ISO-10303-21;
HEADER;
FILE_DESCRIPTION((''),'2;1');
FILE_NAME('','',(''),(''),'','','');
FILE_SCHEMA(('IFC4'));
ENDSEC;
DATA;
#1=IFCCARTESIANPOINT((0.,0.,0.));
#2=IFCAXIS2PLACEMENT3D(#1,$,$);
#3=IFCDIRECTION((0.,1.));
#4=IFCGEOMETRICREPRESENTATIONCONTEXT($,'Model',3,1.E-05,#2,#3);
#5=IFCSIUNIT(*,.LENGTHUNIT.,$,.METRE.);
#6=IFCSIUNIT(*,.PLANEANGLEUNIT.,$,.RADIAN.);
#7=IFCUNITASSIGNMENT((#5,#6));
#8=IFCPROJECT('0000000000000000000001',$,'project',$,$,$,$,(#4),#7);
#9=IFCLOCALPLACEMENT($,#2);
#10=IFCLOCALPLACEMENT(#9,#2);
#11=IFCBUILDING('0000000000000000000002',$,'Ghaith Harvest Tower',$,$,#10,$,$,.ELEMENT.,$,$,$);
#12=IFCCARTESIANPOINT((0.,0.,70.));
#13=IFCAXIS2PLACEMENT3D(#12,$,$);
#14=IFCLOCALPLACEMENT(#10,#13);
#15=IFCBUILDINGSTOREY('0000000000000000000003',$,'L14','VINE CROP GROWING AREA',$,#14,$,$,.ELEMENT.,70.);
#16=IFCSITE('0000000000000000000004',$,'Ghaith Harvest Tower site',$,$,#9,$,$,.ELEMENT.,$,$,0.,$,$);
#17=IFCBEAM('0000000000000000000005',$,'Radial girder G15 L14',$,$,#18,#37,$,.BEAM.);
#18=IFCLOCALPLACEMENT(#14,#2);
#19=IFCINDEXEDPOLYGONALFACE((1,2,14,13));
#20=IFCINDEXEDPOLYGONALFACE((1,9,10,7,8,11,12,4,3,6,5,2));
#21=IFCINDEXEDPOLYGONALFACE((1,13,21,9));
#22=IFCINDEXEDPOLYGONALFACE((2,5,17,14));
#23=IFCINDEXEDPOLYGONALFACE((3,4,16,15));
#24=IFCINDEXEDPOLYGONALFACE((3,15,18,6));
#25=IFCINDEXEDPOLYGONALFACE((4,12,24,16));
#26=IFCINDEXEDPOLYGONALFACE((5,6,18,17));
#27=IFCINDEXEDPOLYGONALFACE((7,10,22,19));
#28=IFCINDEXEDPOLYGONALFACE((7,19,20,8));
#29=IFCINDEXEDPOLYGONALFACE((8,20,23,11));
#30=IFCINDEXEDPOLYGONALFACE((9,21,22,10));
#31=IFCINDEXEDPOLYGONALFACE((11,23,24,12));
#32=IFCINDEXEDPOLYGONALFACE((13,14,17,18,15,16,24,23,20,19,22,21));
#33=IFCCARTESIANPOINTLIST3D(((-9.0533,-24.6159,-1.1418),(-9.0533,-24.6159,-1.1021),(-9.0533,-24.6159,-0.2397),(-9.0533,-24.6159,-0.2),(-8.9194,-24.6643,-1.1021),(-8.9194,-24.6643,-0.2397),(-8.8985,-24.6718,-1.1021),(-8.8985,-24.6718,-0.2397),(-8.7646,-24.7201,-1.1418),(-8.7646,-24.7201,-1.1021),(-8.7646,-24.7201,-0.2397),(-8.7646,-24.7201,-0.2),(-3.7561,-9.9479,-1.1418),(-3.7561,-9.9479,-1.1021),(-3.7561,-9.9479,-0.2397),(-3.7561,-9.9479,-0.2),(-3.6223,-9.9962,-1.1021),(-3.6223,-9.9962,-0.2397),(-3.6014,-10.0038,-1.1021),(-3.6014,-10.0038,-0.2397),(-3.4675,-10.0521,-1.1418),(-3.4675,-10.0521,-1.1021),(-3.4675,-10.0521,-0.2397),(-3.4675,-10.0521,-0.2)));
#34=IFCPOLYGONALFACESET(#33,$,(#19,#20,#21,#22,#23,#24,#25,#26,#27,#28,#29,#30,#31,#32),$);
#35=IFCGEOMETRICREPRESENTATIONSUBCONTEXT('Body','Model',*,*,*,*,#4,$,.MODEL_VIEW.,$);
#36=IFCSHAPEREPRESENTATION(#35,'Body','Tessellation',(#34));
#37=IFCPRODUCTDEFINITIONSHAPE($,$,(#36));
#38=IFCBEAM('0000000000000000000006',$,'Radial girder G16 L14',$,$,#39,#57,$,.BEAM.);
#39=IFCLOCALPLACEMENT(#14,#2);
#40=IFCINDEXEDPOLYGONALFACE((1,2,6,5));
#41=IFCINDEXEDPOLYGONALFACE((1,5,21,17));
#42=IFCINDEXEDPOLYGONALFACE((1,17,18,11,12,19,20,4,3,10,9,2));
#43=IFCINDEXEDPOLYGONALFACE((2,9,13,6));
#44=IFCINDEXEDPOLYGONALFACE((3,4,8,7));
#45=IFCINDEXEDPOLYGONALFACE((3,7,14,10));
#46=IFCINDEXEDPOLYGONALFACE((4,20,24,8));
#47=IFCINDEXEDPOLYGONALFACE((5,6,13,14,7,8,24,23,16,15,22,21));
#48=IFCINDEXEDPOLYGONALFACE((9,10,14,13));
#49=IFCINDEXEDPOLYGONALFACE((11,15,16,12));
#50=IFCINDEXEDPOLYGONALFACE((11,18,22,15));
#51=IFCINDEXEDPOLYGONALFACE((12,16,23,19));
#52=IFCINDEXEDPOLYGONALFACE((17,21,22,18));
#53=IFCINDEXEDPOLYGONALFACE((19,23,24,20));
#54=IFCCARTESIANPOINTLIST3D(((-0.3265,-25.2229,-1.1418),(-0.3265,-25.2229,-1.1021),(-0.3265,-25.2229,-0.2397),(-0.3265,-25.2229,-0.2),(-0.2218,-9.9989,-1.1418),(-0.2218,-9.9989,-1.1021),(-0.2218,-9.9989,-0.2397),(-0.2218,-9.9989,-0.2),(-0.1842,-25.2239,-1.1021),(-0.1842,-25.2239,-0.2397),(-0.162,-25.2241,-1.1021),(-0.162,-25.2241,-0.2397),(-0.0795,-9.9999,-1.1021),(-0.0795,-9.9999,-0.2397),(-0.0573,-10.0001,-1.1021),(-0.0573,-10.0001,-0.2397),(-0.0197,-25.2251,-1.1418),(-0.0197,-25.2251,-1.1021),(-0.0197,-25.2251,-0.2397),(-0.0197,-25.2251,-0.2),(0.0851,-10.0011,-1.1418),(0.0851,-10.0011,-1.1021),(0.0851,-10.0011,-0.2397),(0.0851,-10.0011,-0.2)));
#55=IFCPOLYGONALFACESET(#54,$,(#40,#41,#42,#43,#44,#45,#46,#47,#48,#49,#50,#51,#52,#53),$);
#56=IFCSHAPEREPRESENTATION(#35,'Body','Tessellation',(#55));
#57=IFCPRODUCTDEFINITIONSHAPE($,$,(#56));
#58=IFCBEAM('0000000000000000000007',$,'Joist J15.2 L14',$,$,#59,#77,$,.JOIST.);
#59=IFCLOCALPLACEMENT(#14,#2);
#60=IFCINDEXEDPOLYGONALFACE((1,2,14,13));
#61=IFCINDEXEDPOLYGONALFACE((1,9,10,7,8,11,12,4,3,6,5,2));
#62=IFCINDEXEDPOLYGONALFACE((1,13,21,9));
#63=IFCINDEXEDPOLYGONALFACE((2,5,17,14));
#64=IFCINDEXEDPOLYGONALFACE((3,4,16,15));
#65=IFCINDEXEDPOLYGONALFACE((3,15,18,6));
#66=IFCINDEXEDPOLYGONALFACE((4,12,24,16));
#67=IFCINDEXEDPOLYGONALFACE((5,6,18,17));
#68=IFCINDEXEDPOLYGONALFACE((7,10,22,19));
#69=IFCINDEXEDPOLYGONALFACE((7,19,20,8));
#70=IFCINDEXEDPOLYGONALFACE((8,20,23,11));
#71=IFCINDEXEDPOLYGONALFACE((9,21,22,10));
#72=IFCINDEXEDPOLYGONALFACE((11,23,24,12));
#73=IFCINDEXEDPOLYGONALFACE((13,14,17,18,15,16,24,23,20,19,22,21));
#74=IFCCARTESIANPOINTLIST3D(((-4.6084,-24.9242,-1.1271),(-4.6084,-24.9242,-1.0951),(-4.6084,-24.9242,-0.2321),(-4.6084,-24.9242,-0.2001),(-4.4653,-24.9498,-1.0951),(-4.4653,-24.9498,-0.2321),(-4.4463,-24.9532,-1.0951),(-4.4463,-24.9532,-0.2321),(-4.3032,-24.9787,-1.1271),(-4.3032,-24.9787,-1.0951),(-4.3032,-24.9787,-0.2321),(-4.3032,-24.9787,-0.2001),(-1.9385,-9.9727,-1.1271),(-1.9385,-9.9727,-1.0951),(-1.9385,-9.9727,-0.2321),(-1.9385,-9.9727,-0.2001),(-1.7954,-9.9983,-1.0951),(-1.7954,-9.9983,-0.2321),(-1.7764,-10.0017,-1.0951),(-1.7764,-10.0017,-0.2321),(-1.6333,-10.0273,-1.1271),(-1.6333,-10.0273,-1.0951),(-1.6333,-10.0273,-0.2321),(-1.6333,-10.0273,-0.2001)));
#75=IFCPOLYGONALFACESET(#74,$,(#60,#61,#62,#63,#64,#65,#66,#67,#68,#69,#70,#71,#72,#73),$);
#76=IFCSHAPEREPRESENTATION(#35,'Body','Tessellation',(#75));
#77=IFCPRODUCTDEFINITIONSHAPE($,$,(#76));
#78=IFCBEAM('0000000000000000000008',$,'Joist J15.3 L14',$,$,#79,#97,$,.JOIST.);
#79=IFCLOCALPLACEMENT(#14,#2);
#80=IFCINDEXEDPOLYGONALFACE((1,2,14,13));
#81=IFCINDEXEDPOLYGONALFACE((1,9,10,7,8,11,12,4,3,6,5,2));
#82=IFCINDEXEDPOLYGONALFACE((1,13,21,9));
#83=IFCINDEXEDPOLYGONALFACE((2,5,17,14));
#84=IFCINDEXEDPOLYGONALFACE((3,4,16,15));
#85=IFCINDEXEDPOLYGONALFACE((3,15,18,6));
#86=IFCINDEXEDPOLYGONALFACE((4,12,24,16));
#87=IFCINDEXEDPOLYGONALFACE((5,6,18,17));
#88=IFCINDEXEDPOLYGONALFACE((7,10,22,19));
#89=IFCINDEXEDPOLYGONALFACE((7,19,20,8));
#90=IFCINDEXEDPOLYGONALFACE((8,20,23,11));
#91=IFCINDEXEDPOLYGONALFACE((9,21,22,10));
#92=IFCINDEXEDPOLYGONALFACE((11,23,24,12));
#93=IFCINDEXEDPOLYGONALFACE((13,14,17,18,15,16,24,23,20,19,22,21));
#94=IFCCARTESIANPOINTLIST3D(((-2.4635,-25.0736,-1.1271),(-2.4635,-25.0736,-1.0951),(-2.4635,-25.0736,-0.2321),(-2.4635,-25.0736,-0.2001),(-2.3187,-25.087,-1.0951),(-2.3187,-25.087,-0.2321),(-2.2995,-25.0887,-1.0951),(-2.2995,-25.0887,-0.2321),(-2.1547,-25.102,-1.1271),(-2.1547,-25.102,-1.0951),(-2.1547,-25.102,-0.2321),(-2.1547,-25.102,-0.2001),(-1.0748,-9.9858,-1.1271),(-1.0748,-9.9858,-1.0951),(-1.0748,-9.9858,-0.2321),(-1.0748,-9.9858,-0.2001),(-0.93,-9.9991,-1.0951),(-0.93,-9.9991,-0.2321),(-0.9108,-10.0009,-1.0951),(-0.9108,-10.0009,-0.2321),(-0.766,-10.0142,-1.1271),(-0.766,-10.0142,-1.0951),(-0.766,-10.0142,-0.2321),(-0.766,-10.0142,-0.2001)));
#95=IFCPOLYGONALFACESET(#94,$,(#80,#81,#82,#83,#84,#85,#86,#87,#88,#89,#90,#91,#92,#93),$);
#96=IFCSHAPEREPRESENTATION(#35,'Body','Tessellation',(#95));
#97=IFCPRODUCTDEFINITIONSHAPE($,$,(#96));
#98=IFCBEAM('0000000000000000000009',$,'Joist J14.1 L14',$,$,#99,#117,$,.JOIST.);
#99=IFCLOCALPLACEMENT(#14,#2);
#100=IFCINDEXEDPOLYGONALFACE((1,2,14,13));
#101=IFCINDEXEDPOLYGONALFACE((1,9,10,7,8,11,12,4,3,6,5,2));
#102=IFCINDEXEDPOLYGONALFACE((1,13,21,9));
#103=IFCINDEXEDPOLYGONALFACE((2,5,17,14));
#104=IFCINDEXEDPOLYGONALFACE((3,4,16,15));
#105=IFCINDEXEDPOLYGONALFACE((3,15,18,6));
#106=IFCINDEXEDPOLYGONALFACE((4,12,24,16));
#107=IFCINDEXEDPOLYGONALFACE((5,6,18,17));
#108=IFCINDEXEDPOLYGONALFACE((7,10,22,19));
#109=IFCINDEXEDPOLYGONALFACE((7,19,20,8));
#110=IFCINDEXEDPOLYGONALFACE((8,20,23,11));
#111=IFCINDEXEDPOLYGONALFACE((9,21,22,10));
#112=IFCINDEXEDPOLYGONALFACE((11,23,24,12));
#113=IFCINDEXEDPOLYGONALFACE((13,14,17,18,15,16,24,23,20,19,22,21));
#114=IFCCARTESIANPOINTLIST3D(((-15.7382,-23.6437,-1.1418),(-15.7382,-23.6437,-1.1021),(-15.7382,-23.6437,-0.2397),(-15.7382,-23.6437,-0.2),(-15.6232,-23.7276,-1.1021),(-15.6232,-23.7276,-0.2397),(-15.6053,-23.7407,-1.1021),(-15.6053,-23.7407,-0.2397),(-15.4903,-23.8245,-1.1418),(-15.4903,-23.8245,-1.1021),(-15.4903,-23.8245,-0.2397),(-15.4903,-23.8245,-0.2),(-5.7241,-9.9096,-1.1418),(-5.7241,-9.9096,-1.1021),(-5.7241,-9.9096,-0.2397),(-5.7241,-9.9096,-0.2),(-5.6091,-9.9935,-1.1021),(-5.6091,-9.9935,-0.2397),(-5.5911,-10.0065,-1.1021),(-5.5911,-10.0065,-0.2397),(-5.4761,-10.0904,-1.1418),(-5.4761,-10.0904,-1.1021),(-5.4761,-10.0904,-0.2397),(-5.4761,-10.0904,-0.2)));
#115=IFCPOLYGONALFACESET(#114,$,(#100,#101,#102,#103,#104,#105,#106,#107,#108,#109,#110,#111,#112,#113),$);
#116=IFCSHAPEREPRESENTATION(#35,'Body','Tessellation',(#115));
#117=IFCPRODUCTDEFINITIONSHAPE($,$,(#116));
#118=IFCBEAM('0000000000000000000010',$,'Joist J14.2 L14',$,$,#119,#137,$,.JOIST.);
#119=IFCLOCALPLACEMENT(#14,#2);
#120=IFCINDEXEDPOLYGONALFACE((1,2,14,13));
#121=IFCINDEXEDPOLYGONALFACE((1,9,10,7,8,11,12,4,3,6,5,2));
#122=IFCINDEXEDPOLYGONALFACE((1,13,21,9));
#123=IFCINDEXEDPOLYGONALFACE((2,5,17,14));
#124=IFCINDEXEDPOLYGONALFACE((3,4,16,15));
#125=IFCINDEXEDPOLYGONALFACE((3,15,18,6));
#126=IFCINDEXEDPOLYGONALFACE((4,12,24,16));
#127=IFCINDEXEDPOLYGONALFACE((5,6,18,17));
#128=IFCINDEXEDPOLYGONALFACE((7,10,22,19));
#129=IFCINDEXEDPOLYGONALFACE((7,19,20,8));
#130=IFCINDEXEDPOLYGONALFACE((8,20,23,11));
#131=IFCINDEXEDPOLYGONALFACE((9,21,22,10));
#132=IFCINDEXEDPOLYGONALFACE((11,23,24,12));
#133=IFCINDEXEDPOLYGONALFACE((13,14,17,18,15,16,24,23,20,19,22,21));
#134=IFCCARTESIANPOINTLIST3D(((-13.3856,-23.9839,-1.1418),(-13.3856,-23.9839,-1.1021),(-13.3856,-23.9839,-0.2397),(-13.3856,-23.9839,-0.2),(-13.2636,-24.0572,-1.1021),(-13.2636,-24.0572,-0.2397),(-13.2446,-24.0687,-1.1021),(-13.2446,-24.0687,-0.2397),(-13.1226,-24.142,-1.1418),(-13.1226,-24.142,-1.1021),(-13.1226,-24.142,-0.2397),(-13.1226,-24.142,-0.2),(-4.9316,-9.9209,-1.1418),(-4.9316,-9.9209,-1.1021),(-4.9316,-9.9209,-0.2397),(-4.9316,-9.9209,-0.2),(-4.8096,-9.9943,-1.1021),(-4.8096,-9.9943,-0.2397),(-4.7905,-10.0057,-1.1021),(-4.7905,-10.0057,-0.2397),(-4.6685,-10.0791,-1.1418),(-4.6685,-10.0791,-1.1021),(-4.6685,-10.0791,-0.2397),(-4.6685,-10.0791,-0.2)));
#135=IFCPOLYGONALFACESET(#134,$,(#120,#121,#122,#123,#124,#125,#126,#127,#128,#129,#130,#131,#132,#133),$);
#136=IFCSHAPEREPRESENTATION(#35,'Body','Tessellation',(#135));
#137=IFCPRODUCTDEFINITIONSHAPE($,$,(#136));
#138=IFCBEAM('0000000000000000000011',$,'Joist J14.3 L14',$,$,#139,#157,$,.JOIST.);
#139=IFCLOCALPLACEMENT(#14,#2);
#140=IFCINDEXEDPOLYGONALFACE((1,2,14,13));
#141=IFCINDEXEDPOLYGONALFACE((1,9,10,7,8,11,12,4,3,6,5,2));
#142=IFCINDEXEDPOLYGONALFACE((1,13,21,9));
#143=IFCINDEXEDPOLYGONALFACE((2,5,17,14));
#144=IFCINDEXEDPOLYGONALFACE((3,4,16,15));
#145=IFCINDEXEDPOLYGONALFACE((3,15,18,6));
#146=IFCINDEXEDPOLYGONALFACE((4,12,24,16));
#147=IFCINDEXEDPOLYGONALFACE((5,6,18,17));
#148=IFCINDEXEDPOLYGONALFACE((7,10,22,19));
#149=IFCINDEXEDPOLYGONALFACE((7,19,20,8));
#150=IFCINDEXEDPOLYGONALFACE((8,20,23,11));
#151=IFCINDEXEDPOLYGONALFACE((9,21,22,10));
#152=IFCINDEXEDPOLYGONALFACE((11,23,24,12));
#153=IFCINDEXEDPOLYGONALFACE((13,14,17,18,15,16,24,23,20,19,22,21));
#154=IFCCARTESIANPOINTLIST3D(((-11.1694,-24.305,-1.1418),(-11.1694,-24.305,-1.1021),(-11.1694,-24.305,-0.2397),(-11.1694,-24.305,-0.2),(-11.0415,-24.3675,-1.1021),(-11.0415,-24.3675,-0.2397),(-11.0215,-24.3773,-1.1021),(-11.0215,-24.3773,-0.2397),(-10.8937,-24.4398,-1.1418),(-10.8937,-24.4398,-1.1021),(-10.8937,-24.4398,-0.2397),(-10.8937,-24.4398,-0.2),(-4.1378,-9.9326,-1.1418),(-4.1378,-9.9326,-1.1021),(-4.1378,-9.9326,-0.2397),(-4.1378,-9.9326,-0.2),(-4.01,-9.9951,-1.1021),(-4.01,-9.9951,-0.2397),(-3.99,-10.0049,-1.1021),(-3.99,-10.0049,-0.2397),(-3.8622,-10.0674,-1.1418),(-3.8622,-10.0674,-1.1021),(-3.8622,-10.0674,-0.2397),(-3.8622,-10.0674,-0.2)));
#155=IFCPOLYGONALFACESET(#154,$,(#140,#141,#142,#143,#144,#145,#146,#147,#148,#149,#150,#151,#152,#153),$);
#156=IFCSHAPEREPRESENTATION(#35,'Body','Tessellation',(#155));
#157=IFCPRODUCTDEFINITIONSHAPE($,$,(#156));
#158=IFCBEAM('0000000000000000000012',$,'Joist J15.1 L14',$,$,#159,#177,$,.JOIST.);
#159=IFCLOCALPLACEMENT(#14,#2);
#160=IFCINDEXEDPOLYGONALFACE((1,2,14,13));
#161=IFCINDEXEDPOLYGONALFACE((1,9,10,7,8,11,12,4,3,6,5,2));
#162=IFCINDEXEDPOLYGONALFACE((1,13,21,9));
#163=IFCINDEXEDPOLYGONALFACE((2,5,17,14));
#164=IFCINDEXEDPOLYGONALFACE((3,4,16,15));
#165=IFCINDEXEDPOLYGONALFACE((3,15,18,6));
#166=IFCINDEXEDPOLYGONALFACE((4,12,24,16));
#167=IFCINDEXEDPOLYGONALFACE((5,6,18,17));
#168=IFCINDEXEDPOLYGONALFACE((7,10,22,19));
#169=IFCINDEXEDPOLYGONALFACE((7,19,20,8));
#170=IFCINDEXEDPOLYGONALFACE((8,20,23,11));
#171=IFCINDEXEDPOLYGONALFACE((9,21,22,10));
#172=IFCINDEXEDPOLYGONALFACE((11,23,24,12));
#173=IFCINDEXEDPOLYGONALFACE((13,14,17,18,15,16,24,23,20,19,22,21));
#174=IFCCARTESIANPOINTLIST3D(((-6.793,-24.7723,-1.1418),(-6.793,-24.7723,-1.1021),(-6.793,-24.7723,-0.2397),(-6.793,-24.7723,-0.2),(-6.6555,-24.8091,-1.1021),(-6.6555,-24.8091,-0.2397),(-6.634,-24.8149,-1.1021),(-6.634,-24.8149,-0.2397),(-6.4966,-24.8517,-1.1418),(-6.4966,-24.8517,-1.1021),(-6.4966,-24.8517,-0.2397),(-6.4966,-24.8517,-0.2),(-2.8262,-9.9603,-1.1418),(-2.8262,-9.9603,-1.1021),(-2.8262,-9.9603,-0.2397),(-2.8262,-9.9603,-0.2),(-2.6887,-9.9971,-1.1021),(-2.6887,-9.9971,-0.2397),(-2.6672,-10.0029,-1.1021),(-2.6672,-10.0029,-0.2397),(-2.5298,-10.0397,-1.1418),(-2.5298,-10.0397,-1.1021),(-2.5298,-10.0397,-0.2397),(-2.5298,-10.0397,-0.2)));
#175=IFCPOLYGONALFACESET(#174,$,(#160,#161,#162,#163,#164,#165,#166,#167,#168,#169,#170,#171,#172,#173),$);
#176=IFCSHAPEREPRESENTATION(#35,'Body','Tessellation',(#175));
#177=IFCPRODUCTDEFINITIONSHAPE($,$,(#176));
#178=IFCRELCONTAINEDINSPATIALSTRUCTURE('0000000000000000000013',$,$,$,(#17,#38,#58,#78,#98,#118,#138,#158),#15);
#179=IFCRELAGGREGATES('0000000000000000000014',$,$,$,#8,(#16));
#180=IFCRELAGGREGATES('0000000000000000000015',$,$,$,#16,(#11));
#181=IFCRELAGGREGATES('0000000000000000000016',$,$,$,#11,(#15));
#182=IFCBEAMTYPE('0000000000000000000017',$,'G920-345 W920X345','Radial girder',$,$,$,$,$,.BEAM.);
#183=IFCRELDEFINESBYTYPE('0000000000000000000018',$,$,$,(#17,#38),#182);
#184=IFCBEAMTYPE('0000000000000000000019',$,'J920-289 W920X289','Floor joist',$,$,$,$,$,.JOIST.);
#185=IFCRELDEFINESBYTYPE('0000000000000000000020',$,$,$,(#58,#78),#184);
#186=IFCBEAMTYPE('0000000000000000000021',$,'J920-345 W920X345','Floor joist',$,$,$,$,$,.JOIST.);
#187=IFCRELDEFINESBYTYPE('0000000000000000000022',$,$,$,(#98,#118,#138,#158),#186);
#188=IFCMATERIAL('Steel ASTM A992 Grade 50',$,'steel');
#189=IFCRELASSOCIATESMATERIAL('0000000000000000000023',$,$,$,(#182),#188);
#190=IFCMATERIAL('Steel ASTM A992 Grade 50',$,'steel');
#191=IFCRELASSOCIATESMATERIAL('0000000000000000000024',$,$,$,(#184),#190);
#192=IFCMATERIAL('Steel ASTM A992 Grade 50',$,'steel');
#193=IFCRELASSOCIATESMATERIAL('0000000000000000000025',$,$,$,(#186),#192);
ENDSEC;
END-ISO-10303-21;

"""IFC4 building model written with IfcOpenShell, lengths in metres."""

from ifc_helpers import new_model, si_unit, direction, frame, origin, origin_2d, place, context, subcontext, project, spatial, i_section, extrude, material, material_profile, profile_set, type_object, element, save


model = new_model("IFC4")

# Units and contexts
model_context = context("Model", 3, precision=1e-05, world=origin(), true_north=direction((0.0, 1.0)))
body_context = subcontext(model_context, "Body", "Model", "MODEL_VIEW")
ifc_project = project(units=[si_unit("LENGTHUNIT", "METRE"), si_unit("PLANEANGLEUNIT", "RADIAN")], contexts=[model_context])

# Site, building, storey
site_placement = place(None, origin())
site = spatial("IfcSite", under=ifc_project, at=site_placement, Name="Ghaith Harvest Tower site", CompositionType="ELEMENT", RefElevation=0.0)
building_placement = place(site_placement, origin())
building = spatial("IfcBuilding", under=site, at=building_placement, Name="Ghaith Harvest Tower", CompositionType="ELEMENT")
storey_placement = place(building_placement, frame((0.0, 0.0, 70.0)))
storey = spatial("IfcBuildingStorey", under=building, at=storey_placement, Name="L14", Description="VINE CROP GROWING AREA", CompositionType="ELEMENT", Elevation=70.0)

# Beams
ifc_material_1 = material(Name="Steel ASTM A992 Grade 50", Category="steel")
ifc_material_profile_1 = material_profile(ifc_material_1, i_section(OverallWidth=0.3069, OverallDepth=0.9419, WebThickness=0.0222, FlangeThickness=0.0398, at=origin_2d()), Name="W920X345")
ifc_profile_set_1 = profile_set([ifc_material_profile_1], Name="Steel ASTM A992 Grade 50")
beam_type_1 = type_object("IfcBeamType", Name="G920-345 W920X345", Description="Radial girder", PredefinedType="BEAM", material=ifc_profile_set_1)
beam_1_placement = place(storey_placement, frame((-3.6118, -10.0, -0.6709), z_axis=(-0.339664, -0.940547, 0.0), x_axis=(0.940547, -0.339664, 0.0)))
element("IfcBeam", 1, at=beam_1_placement, inside=storey, type_object=beam_type_1, Name="Radial girder G15 L14", PredefinedType="BEAM", context=body_context, shape_type="SweptSolid", body=[
    extrude(i_section(OverallWidth=0.3069, OverallDepth=0.9419, WebThickness=0.0222, FlangeThickness=0.0398, at=origin_2d()), origin(), (0.0, 0.0, 1.0), 15.5952),
])
beam_2_placement = place(storey_placement, frame((-0.0684, -10.0, -0.6709), z_axis=(-0.006879, -0.999976, 0.0), x_axis=(0.999976, -0.006879, 0.0)))
element("IfcBeam", 2, at=beam_2_placement, inside=storey, type_object=beam_type_1, Name="Radial girder G16 L14", PredefinedType="BEAM", context=body_context, shape_type="SweptSolid", body=[
    extrude(i_section(OverallWidth=0.3069, OverallDepth=0.9419, WebThickness=0.0222, FlangeThickness=0.0398, at=origin_2d()), origin(), (0.0, 0.0, 1.0), 15.2244),
])
ifc_material_2 = material(Name="Steel ASTM A992 Grade 50", Category="steel")
ifc_material_profile_2 = material_profile(ifc_material_2, i_section(OverallWidth=0.3101, OverallDepth=0.927, WebThickness=0.0193, FlangeThickness=0.032, at=origin_2d()), Name="W920X289")
ifc_profile_set_2 = profile_set([ifc_material_profile_2], Name="Steel ASTM A992 Grade 50")
beam_type_2 = type_object("IfcBeamType", Name="J920-289 W920X289", Description="Floor joist", PredefinedType="JOIST", material=ifc_profile_set_2)
beam_3_placement = place(storey_placement, frame((-1.7859, -10.0, -0.6636), z_axis=(-0.175792, -0.984427, 0.0), x_axis=(0.984427, -0.175792, 0.0)))
element("IfcBeam", 3, at=beam_3_placement, inside=storey, type_object=beam_type_2, Name="Joist J15.2 L14", PredefinedType="JOIST", context=body_context, shape_type="SweptSolid", body=[
    extrude(i_section(OverallWidth=0.3101, OverallDepth=0.927, WebThickness=0.0193, FlangeThickness=0.032, at=origin_2d()), origin(), (0.0, 0.0, 1.0), 15.188),
])
beam_4_placement = place(storey_placement, frame((-0.9204, -10.0, -0.6636), z_axis=(-0.091651, -0.995791, 0.0), x_axis=(0.995791, -0.091651, 0.0)))
element("IfcBeam", 4, at=beam_4_placement, inside=storey, type_object=beam_type_2, Name="Joist J15.3 L14", PredefinedType="JOIST", context=body_context, shape_type="SweptSolid", body=[
    extrude(i_section(OverallWidth=0.3101, OverallDepth=0.927, WebThickness=0.0193, FlangeThickness=0.032, at=origin_2d()), origin(), (0.0, 0.0, 1.0), 15.1516),
])
ifc_material_3 = material(Name="Steel ASTM A992 Grade 50", Category="steel")
ifc_material_profile_3 = material_profile(ifc_material_3, i_section(OverallWidth=0.3069, OverallDepth=0.9419, WebThickness=0.0222, FlangeThickness=0.0398, at=origin_2d()), Name="W920X345")
ifc_profile_set_3 = profile_set([ifc_material_profile_3], Name="Steel ASTM A992 Grade 50")
beam_type_3 = type_object("IfcBeamType", Name="J920-345 W920X345", Description="Floor joist", PredefinedType="JOIST", material=ifc_profile_set_3)
beam_5_placement = place(storey_placement, frame((-5.6001, -10.0, -0.6709), z_axis=(-0.58916, -0.808016, 0.0), x_axis=(0.808016, -0.58916, 0.0)))
element("IfcBeam", 5, at=beam_5_placement, inside=storey, type_object=beam_type_3, Name="Joist J14.1 L14", PredefinedType="JOIST", context=body_context, shape_type="SweptSolid", body=[
    extrude(i_section(OverallWidth=0.3069, OverallDepth=0.9419, WebThickness=0.0222, FlangeThickness=0.0398, at=origin_2d()), origin(), (0.0, 0.0, 1.0), 16.9973),
])
beam_6_placement = place(storey_placement, frame((-4.8, -10.0, -0.6709), z_axis=(-0.515226, -0.857054, 0.0), x_axis=(0.857054, -0.515226, 0.0)))
element("IfcBeam", 6, at=beam_6_placement, inside=storey, type_object=beam_type_3, Name="Joist J14.2 L14", PredefinedType="JOIST", context=body_context, shape_type="SweptSolid", body=[
    extrude(i_section(OverallWidth=0.3069, OverallDepth=0.9419, WebThickness=0.0222, FlangeThickness=0.0398, at=origin_2d()), origin(), (0.0, 0.0, 1.0), 16.4084),
])
beam_7_placement = place(storey_placement, frame((-4.0, -10.0, -0.6709), z_axis=(-0.439464, -0.89826, 0.0), x_axis=(0.89826, -0.439464, 0.0)))
element("IfcBeam", 7, at=beam_7_placement, inside=storey, type_object=beam_type_3, Name="Joist J14.3 L14", PredefinedType="JOIST", context=body_context, shape_type="SweptSolid", body=[
    extrude(i_section(OverallWidth=0.3069, OverallDepth=0.9419, WebThickness=0.0222, FlangeThickness=0.0398, at=origin_2d()), origin(), (0.0, 0.0, 1.0), 16.0002),
])
beam_8_placement = place(storey_placement, frame((-2.678, -10.0, -0.6709), z_axis=(-0.258693, -0.96596, 0.0), x_axis=(0.96596, -0.258693, 0.0)))
element("IfcBeam", 8, at=beam_8_placement, inside=storey, type_object=beam_type_3, Name="Joist J15.1 L14", PredefinedType="JOIST", context=body_context, shape_type="SweptSolid", body=[
    extrude(i_section(OverallWidth=0.3069, OverallDepth=0.9419, WebThickness=0.0222, FlangeThickness=0.0398, at=origin_2d()), origin(), (0.0, 0.0, 1.0), 15.334),
])

save(model, "model.ifc")
